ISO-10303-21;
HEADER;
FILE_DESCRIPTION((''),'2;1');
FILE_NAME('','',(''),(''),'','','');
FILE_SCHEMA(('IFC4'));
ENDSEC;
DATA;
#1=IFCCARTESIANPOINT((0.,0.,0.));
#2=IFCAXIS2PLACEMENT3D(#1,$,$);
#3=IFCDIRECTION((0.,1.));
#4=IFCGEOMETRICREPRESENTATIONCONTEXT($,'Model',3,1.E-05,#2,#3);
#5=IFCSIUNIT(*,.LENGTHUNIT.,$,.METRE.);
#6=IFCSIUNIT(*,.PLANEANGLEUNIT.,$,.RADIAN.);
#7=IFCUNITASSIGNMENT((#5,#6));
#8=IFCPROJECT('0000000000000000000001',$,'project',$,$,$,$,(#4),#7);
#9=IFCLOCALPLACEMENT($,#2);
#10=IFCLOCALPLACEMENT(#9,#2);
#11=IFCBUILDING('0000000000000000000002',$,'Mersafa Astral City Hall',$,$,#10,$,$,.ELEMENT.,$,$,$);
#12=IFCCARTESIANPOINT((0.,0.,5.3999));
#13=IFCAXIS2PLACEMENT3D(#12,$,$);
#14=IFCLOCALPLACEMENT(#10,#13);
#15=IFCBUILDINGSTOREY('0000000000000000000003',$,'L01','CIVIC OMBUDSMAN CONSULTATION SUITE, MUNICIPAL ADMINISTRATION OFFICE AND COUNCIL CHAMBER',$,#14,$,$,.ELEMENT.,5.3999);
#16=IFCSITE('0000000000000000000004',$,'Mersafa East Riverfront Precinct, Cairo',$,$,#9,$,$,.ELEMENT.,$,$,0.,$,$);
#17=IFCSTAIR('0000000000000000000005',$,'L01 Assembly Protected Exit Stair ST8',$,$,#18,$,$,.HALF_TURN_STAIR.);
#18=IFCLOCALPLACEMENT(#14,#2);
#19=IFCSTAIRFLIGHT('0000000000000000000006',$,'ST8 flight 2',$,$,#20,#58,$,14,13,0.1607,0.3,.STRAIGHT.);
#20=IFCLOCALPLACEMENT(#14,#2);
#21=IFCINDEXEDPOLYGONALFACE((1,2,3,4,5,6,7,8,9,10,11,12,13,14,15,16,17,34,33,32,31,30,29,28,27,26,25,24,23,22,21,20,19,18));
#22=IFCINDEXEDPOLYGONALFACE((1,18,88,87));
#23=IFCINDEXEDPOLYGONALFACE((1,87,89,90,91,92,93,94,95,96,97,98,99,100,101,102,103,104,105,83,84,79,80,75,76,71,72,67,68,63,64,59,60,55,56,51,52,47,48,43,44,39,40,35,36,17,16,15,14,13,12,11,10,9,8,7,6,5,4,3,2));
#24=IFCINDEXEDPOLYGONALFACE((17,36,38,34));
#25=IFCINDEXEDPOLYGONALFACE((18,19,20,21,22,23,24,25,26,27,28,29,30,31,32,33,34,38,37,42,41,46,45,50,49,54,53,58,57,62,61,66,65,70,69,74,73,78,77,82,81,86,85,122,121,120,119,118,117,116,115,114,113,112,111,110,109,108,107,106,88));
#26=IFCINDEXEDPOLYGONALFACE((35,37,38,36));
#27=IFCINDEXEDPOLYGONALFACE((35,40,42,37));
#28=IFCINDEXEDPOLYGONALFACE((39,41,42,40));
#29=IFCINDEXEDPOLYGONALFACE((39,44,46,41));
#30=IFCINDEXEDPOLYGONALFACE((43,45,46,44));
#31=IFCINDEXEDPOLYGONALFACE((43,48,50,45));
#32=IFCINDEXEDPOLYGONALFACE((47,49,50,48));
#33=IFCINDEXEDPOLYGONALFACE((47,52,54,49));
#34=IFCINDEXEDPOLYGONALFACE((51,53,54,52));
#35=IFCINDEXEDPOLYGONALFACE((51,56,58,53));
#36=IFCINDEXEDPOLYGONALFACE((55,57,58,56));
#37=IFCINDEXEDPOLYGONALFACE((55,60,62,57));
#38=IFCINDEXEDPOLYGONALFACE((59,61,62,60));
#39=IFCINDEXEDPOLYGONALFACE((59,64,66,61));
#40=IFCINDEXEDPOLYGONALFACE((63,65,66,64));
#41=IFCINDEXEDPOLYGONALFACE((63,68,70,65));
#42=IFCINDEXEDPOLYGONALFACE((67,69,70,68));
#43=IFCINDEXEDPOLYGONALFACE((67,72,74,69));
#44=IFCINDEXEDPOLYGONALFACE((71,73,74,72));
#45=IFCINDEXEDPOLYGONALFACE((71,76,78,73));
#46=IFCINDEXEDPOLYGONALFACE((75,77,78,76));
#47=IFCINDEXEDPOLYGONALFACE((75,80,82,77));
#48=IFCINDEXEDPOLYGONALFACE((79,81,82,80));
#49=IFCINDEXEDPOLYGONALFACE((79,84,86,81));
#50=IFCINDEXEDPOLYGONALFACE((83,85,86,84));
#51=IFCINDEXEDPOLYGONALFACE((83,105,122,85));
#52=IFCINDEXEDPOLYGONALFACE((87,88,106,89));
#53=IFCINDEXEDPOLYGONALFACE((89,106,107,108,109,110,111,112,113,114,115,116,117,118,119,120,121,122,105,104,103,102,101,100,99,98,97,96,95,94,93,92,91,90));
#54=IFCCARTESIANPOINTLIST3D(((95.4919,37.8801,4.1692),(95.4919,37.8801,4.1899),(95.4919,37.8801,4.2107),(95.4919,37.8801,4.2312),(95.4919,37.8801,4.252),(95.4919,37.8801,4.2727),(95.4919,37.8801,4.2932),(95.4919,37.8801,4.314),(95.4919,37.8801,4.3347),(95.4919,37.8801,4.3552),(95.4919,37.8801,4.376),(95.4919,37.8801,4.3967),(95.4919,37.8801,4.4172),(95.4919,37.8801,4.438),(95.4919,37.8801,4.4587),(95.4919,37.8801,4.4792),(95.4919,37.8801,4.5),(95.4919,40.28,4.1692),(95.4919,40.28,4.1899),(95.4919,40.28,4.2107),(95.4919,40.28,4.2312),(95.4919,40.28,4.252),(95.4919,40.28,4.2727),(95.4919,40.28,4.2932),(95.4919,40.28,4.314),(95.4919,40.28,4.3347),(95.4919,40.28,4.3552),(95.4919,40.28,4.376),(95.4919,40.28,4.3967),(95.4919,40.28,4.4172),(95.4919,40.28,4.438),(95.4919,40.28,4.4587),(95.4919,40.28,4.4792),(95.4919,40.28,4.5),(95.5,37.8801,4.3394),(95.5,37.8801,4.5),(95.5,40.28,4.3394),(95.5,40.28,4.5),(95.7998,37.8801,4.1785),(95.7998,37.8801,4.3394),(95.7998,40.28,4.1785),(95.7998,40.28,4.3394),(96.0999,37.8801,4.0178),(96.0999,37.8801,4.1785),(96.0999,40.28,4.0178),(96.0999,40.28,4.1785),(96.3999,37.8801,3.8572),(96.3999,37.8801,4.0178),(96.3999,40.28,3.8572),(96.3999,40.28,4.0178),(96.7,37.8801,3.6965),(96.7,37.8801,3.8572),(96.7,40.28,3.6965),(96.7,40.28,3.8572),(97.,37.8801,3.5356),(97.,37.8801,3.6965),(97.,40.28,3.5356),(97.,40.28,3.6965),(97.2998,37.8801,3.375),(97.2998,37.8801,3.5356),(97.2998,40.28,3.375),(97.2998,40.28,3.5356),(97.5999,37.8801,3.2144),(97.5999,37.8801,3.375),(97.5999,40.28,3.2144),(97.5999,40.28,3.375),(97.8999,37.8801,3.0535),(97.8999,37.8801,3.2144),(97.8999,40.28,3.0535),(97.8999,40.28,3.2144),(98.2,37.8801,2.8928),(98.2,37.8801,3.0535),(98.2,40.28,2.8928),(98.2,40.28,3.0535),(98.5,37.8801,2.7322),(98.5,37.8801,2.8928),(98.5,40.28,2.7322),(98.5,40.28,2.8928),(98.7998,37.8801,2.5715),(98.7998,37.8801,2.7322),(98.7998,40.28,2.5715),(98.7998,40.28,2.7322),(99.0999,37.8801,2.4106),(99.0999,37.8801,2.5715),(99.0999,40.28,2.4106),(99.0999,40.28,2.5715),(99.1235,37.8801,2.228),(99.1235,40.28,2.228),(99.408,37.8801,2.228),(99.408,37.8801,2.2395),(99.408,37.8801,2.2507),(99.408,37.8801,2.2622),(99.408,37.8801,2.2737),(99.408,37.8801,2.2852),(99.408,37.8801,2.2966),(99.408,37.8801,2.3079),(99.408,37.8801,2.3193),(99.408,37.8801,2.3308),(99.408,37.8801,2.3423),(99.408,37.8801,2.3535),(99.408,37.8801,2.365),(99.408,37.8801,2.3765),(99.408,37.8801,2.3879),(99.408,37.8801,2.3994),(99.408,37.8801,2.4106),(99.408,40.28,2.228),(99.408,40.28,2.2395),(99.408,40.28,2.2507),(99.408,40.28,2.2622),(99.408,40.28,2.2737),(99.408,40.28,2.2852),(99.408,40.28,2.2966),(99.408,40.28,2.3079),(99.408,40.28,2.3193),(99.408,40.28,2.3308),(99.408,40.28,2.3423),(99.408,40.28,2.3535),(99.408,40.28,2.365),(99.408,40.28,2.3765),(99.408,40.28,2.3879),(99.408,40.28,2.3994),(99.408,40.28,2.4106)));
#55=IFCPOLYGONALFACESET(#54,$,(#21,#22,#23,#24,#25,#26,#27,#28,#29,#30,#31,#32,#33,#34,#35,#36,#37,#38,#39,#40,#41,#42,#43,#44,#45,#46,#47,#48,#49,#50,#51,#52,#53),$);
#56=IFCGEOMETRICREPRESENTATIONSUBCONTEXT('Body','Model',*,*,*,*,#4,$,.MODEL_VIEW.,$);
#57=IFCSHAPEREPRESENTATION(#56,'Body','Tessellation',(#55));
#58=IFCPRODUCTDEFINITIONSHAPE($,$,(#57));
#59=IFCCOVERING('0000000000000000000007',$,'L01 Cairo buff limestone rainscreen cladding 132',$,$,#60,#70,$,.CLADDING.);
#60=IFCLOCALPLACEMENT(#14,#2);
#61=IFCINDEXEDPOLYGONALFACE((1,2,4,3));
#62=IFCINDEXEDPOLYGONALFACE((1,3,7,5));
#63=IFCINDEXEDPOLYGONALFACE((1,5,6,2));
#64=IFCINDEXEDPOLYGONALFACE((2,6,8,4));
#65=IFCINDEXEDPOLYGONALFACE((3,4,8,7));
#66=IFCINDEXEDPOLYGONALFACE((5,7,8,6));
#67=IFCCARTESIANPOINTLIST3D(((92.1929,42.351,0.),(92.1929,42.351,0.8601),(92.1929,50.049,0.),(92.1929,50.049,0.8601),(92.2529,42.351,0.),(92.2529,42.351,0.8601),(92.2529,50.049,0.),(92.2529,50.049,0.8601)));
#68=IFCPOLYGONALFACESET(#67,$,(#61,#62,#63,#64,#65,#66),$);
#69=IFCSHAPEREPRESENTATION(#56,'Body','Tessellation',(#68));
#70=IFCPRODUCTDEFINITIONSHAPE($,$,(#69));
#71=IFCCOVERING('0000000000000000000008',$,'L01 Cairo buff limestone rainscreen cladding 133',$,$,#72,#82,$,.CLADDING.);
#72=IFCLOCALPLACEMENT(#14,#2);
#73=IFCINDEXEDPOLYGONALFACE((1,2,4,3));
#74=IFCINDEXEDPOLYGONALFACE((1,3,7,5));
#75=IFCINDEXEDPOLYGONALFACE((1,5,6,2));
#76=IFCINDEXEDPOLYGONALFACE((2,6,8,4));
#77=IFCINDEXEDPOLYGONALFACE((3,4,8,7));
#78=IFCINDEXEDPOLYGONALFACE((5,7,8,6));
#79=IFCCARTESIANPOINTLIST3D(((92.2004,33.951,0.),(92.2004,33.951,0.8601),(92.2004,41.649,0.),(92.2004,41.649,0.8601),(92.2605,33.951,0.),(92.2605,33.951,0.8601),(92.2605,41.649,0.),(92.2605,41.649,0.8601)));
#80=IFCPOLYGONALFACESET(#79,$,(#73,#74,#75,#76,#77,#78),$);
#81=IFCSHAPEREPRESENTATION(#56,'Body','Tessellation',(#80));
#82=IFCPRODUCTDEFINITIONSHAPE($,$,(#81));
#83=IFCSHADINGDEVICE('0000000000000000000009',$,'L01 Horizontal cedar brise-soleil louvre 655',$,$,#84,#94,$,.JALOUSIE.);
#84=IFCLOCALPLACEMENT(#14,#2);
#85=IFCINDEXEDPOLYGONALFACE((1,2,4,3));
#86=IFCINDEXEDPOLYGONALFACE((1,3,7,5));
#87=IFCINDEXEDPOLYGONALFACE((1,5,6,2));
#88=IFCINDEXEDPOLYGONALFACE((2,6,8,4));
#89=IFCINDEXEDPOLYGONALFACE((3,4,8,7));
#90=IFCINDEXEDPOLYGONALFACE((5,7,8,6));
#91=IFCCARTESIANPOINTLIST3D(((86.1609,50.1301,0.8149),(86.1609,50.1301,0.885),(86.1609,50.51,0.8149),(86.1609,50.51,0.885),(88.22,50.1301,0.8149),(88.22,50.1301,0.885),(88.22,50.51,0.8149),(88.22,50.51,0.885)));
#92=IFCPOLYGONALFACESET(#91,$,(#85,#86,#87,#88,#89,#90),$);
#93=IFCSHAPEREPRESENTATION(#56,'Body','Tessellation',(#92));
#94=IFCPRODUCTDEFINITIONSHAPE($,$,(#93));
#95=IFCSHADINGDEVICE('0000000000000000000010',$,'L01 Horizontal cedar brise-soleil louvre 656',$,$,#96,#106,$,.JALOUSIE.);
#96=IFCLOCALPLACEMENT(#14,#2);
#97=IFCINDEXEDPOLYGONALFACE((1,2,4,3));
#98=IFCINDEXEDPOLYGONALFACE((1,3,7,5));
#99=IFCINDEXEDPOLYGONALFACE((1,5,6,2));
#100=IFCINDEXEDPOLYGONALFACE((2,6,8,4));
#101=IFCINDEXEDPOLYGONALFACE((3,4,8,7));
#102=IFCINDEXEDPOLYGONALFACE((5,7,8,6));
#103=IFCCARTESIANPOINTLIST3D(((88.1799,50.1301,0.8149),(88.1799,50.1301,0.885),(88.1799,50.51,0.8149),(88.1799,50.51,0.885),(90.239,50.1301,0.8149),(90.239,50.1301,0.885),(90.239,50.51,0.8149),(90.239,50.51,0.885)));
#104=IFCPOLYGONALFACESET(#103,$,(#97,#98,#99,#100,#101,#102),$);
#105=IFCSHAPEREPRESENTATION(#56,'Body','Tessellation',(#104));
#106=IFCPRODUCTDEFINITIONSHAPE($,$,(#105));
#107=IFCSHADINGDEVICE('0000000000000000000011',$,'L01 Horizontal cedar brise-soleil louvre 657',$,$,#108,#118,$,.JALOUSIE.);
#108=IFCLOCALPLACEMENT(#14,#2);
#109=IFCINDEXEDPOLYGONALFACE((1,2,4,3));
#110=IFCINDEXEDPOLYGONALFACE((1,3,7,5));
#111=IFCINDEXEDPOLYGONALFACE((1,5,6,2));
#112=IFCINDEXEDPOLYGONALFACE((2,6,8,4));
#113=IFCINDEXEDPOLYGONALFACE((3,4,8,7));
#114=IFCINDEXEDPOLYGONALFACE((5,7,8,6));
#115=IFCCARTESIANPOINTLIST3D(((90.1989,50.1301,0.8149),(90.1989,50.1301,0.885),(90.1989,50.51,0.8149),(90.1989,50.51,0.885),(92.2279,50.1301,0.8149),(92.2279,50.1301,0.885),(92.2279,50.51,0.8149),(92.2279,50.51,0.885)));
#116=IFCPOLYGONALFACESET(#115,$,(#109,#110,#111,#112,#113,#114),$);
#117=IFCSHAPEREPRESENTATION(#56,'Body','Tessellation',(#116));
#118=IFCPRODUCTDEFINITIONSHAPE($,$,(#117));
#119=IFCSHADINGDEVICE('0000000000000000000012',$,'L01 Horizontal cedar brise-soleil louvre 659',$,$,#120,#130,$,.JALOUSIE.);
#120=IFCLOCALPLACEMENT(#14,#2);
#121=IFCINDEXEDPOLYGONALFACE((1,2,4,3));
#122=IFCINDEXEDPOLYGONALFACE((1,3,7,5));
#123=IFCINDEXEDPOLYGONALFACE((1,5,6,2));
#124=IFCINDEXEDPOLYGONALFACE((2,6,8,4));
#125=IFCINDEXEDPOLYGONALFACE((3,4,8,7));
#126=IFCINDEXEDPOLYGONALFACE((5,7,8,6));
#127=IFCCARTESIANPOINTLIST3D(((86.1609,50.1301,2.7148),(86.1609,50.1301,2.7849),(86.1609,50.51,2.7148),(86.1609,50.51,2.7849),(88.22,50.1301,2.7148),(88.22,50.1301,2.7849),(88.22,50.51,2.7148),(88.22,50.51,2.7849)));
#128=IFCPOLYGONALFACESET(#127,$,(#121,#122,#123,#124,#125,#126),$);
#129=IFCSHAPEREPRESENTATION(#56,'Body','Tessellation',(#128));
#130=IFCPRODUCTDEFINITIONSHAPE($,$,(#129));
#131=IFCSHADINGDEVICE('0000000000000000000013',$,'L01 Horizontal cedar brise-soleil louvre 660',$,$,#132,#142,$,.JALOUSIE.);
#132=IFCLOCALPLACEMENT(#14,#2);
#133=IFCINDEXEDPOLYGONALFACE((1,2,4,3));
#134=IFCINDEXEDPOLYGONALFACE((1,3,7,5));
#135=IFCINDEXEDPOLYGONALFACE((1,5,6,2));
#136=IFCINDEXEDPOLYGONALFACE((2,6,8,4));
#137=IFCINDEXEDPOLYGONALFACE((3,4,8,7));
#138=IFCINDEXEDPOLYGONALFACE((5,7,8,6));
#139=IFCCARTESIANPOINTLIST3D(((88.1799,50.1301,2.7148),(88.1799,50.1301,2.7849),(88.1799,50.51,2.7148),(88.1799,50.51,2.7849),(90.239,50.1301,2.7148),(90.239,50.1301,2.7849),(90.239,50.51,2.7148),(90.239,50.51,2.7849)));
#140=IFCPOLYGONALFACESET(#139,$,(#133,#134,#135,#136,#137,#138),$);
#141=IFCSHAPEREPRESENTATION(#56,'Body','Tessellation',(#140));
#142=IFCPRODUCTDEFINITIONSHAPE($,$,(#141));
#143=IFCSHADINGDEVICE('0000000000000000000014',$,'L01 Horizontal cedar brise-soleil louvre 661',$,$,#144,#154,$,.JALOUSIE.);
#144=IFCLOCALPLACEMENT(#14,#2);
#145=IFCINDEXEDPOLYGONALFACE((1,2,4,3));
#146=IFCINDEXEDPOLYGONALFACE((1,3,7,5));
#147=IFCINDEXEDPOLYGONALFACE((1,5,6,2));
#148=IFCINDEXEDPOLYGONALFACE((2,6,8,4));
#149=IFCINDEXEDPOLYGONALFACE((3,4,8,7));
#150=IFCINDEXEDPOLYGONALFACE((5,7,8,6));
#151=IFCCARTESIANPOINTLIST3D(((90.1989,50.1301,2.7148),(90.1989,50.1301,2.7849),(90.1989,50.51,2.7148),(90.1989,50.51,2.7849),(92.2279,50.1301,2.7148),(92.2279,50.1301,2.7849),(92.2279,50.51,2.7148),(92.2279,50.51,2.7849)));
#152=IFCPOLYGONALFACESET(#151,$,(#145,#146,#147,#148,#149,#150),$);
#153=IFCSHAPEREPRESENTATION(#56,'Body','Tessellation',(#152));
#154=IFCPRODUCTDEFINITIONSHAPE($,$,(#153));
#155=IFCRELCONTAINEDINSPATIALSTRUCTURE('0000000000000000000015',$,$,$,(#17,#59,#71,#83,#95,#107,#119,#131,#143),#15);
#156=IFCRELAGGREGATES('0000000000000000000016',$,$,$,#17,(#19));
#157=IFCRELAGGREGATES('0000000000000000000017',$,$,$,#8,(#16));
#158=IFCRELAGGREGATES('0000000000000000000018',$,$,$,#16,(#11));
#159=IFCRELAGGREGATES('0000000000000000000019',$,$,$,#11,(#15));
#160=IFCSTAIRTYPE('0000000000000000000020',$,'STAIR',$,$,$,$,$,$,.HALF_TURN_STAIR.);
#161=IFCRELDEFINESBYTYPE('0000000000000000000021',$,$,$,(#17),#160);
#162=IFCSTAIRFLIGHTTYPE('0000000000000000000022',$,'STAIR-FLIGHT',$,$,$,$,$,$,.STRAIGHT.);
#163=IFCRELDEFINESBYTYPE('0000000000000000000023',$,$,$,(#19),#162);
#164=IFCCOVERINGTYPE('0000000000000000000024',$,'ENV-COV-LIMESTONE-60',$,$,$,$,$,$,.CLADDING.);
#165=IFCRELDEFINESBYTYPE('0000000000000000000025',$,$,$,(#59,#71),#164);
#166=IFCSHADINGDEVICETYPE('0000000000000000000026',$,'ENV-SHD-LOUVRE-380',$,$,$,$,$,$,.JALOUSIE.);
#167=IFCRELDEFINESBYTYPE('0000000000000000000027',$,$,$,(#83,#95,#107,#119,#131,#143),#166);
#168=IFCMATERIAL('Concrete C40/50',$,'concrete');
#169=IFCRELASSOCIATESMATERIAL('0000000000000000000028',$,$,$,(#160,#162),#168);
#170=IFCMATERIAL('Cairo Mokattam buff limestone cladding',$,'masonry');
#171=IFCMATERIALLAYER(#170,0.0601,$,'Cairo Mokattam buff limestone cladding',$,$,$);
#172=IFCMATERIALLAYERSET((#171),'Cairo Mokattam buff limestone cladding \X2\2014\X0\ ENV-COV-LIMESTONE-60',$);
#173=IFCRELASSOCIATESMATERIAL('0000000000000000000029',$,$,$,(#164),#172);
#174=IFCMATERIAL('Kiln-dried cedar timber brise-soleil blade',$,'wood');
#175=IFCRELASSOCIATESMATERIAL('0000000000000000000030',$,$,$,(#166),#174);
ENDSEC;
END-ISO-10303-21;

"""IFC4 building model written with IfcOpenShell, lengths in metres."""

from ifc_helpers import new_model, si_unit, direction, frame, origin, origin_2d, place, context, subcontext, project, spatial, polyline, rectangle, outline, extrude, material, layer, layer_set, type_object, element, aggregate, save


model = new_model("IFC4")

# Units and contexts
model_context = context("Model", 3, precision=1e-05, world=origin(), true_north=direction((0.0, 1.0)))
body_context = subcontext(model_context, "Body", "Model", "MODEL_VIEW")
ifc_project = project(units=[si_unit("LENGTHUNIT", "METRE"), si_unit("PLANEANGLEUNIT", "RADIAN")], contexts=[model_context])

# Site, building, storey
site_placement = place(None, origin())
site = spatial("IfcSite", under=ifc_project, at=site_placement, Name="Mersafa East Riverfront Precinct, Cairo", CompositionType="ELEMENT", RefElevation=0.0)
building_placement = place(site_placement, origin())
building = spatial("IfcBuilding", under=site, at=building_placement, Name="Mersafa Astral City Hall", CompositionType="ELEMENT")
storey_placement = place(building_placement, frame((0.0, 0.0, 5.3999)))
storey = spatial("IfcBuildingStorey", under=building, at=storey_placement, Name="L01", Description="CIVIC OMBUDSMAN CONSULTATION SUITE, MUNICIPAL ADMINISTRATION OFFICE AND COUNCIL CHAMBER", CompositionType="ELEMENT", Elevation=5.3999)

# Shared definitions
ifc_material_1 = material(Name="Concrete C40/50", Category="concrete")

# Stair, stair flight
stair_type = type_object("IfcStairType", Name="STAIR", PredefinedType="HALF_TURN_STAIR", material=ifc_material_1)
stair_placement = place(storey_placement, origin())
stair = element("IfcStair", 1, at=stair_placement, inside=storey, type_object=stair_type, Name="L01 Assembly Protected Exit Stair ST8", PredefinedType="HALF_TURN_STAIR")
stair_flight_type = type_object("IfcStairFlightType", Name="STAIR-FLIGHT", PredefinedType="STRAIGHT", material=ifc_material_1)
stair_flight_1_placement = place(storey_placement, frame((99.3999, 39.0801, 2.25), z_axis=(0.0, 0.0, 1.0), x_axis=(-1.0, 0.0, 0.0)))
stair_flight_1 = element("IfcStairFlight", 2, at=stair_flight_1_placement, type_object=stair_flight_type, Name="ST8 flight 2", NumberOfRisers=14, NumberOfTreads=13, PredefinedType="STRAIGHT", RiserHeight=0.1607, TreadLength=0.3, context=body_context, shape_type="SweptSolid", body=[
    extrude(outline(polyline([(-0.0081, -0.022), (-0.0081, -0.0105), (-0.0081, 0.0007), (-0.0081, 0.0122), (-0.0081, 0.0237), (-0.0081, 0.0352), (-0.0081, 0.0466), (-0.0081, 0.0579), (-0.0081, 0.0693), (-0.0081, 0.0808), (-0.0081, 0.0923), (-0.0081, 0.1035), (-0.0081, 0.115), (-0.0081, 0.1265), (-0.0081, 0.1379), (-0.0081, 0.1494), (-0.0081, 0.1606), (0.3, 0.1606), (0.3, 0.3215), (0.6001, 0.3215), (0.6001, 0.4822), (0.8999, 0.4822), (0.8999, 0.6428), (1.2, 0.6428), (1.2, 0.8035), (1.5, 0.8035), (1.5, 0.9644), (1.8, 0.9644), (1.8, 1.125), (2.1001, 1.125), (2.1001, 1.2856), (2.3999, 1.2856), (2.3999, 1.4465), (2.7, 1.4465), (2.7, 1.6072), (3.0, 1.6072), (3.0, 1.7678), (3.3, 1.7678), (3.3, 1.9285), (3.6001, 1.9285), (3.6001, 2.0894), (3.8999, 2.0894), (3.8999, 2.25), (3.908, 2.25), (3.908, 2.2292), (3.908, 2.2087), (3.908, 2.188), (3.908, 2.1672), (3.908, 2.1467), (3.908, 2.126), (3.908, 2.1052), (3.908, 2.0847), (3.908, 2.064), (3.908, 2.0432), (3.908, 2.0227), (3.908, 2.002), (3.908, 1.9812), (3.908, 1.9607), (3.908, 1.9399), (3.908, 1.9192), (0.2764, -0.022), (-0.0081, -0.022)])), frame((0.0, 1.2, 0.0), z_axis=(0.0, -1.0, 0.0), x_axis=(1.0, 0.0, 0.0)), (0.0, 0.0, 1.0), 2.3999),
])
aggregate(stair, [stair_flight_1])

# Coverings
ifc_material_2 = material(Name="Cairo Mokattam buff limestone cladding", Category="masonry")
ifc_layer_1 = layer(ifc_material_2, 0.0601, Name="Cairo Mokattam buff limestone cladding")
ifc_layer_set_1 = layer_set([ifc_layer_1], Name="Cairo Mokattam buff limestone cladding — ENV-COV-LIMESTONE-60")
covering_type = type_object("IfcCoveringType", Name="ENV-COV-LIMESTONE-60", PredefinedType="CLADDING", material=ifc_layer_set_1)
for number, where, z_axis, x_axis, name in (
    (3, (92.2229, 46.2, 0.0), (0.0, 0.0, 1.0), (0.0, -1.0, 0.0), "L01 Cairo buff limestone rainscreen cladding 132"),
    (4, (92.2305, 37.8, 0.0), (0.0, 0.0, 1.0), (0.0, -1.0, 0.0), "L01 Cairo buff limestone rainscreen cladding 133"),
):
    element("IfcCovering", number, at=place(storey_placement, frame(where, z_axis=z_axis, x_axis=x_axis)), inside=storey, type_object=covering_type, Name=name, PredefinedType="CLADDING", context=body_context, shape_type="SweptSolid", body=[
        extrude(rectangle(XDim=7.698, YDim=0.0601, at=origin_2d()), origin(), (0.0, 0.0, 1.0), 0.8601),
    ])

# Shading devices
ifc_material_3 = material(Name="Kiln-dried cedar timber brise-soleil blade", Category="wood")
shading_device_type = type_object("IfcShadingDeviceType", Name="ENV-SHD-LOUVRE-380", PredefinedType="JALOUSIE", material=ifc_material_3)
for number, where, z_axis, x_axis, name in (
    (5, (87.1904, 50.3201, 0.8149), (0.0, 0.0, 1.0), (1.0, 0.0, 0.0), "L01 Horizontal cedar brise-soleil louvre 655"),
    (6, (89.2095, 50.3201, 0.8149), (0.0, 0.0, 1.0), (1.0, 0.0, 0.0), "L01 Horizontal cedar brise-soleil louvre 656"),
):
    element("IfcShadingDevice", number, at=place(storey_placement, frame(where, z_axis=z_axis, x_axis=x_axis)), inside=storey, type_object=shading_device_type, Name=name, PredefinedType="JALOUSIE", context=body_context, shape_type="SweptSolid", body=[
        extrude(rectangle(XDim=2.0591, YDim=0.3799, at=origin_2d()), origin(), (0.0, 0.0, 1.0), 0.0701),
    ])
shading_device_1_placement = place(storey_placement, frame((91.2134, 50.3201, 0.8149), z_axis=(0.0, 0.0, 1.0), x_axis=(1.0, 0.0, 0.0)))
element("IfcShadingDevice", 7, at=shading_device_1_placement, inside=storey, type_object=shading_device_type, Name="L01 Horizontal cedar brise-soleil louvre 657", PredefinedType="JALOUSIE", context=body_context, shape_type="SweptSolid", body=[
    extrude(rectangle(XDim=2.0291, YDim=0.3799, at=origin_2d()), origin(), (0.0, 0.0, 1.0), 0.0701),
])
for number, where, z_axis, x_axis, name in (
    (8, (87.1904, 50.3201, 2.7148), (0.0, 0.0, 1.0), (1.0, 0.0, 0.0), "L01 Horizontal cedar brise-soleil louvre 659"),
    (9, (89.2095, 50.3201, 2.7148), (0.0, 0.0, 1.0), (1.0, 0.0, 0.0), "L01 Horizontal cedar brise-soleil louvre 660"),
):
    element("IfcShadingDevice", number, at=place(storey_placement, frame(where, z_axis=z_axis, x_axis=x_axis)), inside=storey, type_object=shading_device_type, Name=name, PredefinedType="JALOUSIE", context=body_context, shape_type="SweptSolid", body=[
        extrude(rectangle(XDim=2.0591, YDim=0.3799, at=origin_2d()), origin(), (0.0, 0.0, 1.0), 0.0701),
    ])
shading_device_2_placement = place(storey_placement, frame((91.2134, 50.3201, 2.7148), z_axis=(0.0, 0.0, 1.0), x_axis=(1.0, 0.0, 0.0)))
element("IfcShadingDevice", 10, at=shading_device_2_placement, inside=storey, type_object=shading_device_type, Name="L01 Horizontal cedar brise-soleil louvre 661", PredefinedType="JALOUSIE", context=body_context, shape_type="SweptSolid", body=[
    extrude(rectangle(XDim=2.0291, YDim=0.3799, at=origin_2d()), origin(), (0.0, 0.0, 1.0), 0.0701),
])

save(model, "model.ifc")
